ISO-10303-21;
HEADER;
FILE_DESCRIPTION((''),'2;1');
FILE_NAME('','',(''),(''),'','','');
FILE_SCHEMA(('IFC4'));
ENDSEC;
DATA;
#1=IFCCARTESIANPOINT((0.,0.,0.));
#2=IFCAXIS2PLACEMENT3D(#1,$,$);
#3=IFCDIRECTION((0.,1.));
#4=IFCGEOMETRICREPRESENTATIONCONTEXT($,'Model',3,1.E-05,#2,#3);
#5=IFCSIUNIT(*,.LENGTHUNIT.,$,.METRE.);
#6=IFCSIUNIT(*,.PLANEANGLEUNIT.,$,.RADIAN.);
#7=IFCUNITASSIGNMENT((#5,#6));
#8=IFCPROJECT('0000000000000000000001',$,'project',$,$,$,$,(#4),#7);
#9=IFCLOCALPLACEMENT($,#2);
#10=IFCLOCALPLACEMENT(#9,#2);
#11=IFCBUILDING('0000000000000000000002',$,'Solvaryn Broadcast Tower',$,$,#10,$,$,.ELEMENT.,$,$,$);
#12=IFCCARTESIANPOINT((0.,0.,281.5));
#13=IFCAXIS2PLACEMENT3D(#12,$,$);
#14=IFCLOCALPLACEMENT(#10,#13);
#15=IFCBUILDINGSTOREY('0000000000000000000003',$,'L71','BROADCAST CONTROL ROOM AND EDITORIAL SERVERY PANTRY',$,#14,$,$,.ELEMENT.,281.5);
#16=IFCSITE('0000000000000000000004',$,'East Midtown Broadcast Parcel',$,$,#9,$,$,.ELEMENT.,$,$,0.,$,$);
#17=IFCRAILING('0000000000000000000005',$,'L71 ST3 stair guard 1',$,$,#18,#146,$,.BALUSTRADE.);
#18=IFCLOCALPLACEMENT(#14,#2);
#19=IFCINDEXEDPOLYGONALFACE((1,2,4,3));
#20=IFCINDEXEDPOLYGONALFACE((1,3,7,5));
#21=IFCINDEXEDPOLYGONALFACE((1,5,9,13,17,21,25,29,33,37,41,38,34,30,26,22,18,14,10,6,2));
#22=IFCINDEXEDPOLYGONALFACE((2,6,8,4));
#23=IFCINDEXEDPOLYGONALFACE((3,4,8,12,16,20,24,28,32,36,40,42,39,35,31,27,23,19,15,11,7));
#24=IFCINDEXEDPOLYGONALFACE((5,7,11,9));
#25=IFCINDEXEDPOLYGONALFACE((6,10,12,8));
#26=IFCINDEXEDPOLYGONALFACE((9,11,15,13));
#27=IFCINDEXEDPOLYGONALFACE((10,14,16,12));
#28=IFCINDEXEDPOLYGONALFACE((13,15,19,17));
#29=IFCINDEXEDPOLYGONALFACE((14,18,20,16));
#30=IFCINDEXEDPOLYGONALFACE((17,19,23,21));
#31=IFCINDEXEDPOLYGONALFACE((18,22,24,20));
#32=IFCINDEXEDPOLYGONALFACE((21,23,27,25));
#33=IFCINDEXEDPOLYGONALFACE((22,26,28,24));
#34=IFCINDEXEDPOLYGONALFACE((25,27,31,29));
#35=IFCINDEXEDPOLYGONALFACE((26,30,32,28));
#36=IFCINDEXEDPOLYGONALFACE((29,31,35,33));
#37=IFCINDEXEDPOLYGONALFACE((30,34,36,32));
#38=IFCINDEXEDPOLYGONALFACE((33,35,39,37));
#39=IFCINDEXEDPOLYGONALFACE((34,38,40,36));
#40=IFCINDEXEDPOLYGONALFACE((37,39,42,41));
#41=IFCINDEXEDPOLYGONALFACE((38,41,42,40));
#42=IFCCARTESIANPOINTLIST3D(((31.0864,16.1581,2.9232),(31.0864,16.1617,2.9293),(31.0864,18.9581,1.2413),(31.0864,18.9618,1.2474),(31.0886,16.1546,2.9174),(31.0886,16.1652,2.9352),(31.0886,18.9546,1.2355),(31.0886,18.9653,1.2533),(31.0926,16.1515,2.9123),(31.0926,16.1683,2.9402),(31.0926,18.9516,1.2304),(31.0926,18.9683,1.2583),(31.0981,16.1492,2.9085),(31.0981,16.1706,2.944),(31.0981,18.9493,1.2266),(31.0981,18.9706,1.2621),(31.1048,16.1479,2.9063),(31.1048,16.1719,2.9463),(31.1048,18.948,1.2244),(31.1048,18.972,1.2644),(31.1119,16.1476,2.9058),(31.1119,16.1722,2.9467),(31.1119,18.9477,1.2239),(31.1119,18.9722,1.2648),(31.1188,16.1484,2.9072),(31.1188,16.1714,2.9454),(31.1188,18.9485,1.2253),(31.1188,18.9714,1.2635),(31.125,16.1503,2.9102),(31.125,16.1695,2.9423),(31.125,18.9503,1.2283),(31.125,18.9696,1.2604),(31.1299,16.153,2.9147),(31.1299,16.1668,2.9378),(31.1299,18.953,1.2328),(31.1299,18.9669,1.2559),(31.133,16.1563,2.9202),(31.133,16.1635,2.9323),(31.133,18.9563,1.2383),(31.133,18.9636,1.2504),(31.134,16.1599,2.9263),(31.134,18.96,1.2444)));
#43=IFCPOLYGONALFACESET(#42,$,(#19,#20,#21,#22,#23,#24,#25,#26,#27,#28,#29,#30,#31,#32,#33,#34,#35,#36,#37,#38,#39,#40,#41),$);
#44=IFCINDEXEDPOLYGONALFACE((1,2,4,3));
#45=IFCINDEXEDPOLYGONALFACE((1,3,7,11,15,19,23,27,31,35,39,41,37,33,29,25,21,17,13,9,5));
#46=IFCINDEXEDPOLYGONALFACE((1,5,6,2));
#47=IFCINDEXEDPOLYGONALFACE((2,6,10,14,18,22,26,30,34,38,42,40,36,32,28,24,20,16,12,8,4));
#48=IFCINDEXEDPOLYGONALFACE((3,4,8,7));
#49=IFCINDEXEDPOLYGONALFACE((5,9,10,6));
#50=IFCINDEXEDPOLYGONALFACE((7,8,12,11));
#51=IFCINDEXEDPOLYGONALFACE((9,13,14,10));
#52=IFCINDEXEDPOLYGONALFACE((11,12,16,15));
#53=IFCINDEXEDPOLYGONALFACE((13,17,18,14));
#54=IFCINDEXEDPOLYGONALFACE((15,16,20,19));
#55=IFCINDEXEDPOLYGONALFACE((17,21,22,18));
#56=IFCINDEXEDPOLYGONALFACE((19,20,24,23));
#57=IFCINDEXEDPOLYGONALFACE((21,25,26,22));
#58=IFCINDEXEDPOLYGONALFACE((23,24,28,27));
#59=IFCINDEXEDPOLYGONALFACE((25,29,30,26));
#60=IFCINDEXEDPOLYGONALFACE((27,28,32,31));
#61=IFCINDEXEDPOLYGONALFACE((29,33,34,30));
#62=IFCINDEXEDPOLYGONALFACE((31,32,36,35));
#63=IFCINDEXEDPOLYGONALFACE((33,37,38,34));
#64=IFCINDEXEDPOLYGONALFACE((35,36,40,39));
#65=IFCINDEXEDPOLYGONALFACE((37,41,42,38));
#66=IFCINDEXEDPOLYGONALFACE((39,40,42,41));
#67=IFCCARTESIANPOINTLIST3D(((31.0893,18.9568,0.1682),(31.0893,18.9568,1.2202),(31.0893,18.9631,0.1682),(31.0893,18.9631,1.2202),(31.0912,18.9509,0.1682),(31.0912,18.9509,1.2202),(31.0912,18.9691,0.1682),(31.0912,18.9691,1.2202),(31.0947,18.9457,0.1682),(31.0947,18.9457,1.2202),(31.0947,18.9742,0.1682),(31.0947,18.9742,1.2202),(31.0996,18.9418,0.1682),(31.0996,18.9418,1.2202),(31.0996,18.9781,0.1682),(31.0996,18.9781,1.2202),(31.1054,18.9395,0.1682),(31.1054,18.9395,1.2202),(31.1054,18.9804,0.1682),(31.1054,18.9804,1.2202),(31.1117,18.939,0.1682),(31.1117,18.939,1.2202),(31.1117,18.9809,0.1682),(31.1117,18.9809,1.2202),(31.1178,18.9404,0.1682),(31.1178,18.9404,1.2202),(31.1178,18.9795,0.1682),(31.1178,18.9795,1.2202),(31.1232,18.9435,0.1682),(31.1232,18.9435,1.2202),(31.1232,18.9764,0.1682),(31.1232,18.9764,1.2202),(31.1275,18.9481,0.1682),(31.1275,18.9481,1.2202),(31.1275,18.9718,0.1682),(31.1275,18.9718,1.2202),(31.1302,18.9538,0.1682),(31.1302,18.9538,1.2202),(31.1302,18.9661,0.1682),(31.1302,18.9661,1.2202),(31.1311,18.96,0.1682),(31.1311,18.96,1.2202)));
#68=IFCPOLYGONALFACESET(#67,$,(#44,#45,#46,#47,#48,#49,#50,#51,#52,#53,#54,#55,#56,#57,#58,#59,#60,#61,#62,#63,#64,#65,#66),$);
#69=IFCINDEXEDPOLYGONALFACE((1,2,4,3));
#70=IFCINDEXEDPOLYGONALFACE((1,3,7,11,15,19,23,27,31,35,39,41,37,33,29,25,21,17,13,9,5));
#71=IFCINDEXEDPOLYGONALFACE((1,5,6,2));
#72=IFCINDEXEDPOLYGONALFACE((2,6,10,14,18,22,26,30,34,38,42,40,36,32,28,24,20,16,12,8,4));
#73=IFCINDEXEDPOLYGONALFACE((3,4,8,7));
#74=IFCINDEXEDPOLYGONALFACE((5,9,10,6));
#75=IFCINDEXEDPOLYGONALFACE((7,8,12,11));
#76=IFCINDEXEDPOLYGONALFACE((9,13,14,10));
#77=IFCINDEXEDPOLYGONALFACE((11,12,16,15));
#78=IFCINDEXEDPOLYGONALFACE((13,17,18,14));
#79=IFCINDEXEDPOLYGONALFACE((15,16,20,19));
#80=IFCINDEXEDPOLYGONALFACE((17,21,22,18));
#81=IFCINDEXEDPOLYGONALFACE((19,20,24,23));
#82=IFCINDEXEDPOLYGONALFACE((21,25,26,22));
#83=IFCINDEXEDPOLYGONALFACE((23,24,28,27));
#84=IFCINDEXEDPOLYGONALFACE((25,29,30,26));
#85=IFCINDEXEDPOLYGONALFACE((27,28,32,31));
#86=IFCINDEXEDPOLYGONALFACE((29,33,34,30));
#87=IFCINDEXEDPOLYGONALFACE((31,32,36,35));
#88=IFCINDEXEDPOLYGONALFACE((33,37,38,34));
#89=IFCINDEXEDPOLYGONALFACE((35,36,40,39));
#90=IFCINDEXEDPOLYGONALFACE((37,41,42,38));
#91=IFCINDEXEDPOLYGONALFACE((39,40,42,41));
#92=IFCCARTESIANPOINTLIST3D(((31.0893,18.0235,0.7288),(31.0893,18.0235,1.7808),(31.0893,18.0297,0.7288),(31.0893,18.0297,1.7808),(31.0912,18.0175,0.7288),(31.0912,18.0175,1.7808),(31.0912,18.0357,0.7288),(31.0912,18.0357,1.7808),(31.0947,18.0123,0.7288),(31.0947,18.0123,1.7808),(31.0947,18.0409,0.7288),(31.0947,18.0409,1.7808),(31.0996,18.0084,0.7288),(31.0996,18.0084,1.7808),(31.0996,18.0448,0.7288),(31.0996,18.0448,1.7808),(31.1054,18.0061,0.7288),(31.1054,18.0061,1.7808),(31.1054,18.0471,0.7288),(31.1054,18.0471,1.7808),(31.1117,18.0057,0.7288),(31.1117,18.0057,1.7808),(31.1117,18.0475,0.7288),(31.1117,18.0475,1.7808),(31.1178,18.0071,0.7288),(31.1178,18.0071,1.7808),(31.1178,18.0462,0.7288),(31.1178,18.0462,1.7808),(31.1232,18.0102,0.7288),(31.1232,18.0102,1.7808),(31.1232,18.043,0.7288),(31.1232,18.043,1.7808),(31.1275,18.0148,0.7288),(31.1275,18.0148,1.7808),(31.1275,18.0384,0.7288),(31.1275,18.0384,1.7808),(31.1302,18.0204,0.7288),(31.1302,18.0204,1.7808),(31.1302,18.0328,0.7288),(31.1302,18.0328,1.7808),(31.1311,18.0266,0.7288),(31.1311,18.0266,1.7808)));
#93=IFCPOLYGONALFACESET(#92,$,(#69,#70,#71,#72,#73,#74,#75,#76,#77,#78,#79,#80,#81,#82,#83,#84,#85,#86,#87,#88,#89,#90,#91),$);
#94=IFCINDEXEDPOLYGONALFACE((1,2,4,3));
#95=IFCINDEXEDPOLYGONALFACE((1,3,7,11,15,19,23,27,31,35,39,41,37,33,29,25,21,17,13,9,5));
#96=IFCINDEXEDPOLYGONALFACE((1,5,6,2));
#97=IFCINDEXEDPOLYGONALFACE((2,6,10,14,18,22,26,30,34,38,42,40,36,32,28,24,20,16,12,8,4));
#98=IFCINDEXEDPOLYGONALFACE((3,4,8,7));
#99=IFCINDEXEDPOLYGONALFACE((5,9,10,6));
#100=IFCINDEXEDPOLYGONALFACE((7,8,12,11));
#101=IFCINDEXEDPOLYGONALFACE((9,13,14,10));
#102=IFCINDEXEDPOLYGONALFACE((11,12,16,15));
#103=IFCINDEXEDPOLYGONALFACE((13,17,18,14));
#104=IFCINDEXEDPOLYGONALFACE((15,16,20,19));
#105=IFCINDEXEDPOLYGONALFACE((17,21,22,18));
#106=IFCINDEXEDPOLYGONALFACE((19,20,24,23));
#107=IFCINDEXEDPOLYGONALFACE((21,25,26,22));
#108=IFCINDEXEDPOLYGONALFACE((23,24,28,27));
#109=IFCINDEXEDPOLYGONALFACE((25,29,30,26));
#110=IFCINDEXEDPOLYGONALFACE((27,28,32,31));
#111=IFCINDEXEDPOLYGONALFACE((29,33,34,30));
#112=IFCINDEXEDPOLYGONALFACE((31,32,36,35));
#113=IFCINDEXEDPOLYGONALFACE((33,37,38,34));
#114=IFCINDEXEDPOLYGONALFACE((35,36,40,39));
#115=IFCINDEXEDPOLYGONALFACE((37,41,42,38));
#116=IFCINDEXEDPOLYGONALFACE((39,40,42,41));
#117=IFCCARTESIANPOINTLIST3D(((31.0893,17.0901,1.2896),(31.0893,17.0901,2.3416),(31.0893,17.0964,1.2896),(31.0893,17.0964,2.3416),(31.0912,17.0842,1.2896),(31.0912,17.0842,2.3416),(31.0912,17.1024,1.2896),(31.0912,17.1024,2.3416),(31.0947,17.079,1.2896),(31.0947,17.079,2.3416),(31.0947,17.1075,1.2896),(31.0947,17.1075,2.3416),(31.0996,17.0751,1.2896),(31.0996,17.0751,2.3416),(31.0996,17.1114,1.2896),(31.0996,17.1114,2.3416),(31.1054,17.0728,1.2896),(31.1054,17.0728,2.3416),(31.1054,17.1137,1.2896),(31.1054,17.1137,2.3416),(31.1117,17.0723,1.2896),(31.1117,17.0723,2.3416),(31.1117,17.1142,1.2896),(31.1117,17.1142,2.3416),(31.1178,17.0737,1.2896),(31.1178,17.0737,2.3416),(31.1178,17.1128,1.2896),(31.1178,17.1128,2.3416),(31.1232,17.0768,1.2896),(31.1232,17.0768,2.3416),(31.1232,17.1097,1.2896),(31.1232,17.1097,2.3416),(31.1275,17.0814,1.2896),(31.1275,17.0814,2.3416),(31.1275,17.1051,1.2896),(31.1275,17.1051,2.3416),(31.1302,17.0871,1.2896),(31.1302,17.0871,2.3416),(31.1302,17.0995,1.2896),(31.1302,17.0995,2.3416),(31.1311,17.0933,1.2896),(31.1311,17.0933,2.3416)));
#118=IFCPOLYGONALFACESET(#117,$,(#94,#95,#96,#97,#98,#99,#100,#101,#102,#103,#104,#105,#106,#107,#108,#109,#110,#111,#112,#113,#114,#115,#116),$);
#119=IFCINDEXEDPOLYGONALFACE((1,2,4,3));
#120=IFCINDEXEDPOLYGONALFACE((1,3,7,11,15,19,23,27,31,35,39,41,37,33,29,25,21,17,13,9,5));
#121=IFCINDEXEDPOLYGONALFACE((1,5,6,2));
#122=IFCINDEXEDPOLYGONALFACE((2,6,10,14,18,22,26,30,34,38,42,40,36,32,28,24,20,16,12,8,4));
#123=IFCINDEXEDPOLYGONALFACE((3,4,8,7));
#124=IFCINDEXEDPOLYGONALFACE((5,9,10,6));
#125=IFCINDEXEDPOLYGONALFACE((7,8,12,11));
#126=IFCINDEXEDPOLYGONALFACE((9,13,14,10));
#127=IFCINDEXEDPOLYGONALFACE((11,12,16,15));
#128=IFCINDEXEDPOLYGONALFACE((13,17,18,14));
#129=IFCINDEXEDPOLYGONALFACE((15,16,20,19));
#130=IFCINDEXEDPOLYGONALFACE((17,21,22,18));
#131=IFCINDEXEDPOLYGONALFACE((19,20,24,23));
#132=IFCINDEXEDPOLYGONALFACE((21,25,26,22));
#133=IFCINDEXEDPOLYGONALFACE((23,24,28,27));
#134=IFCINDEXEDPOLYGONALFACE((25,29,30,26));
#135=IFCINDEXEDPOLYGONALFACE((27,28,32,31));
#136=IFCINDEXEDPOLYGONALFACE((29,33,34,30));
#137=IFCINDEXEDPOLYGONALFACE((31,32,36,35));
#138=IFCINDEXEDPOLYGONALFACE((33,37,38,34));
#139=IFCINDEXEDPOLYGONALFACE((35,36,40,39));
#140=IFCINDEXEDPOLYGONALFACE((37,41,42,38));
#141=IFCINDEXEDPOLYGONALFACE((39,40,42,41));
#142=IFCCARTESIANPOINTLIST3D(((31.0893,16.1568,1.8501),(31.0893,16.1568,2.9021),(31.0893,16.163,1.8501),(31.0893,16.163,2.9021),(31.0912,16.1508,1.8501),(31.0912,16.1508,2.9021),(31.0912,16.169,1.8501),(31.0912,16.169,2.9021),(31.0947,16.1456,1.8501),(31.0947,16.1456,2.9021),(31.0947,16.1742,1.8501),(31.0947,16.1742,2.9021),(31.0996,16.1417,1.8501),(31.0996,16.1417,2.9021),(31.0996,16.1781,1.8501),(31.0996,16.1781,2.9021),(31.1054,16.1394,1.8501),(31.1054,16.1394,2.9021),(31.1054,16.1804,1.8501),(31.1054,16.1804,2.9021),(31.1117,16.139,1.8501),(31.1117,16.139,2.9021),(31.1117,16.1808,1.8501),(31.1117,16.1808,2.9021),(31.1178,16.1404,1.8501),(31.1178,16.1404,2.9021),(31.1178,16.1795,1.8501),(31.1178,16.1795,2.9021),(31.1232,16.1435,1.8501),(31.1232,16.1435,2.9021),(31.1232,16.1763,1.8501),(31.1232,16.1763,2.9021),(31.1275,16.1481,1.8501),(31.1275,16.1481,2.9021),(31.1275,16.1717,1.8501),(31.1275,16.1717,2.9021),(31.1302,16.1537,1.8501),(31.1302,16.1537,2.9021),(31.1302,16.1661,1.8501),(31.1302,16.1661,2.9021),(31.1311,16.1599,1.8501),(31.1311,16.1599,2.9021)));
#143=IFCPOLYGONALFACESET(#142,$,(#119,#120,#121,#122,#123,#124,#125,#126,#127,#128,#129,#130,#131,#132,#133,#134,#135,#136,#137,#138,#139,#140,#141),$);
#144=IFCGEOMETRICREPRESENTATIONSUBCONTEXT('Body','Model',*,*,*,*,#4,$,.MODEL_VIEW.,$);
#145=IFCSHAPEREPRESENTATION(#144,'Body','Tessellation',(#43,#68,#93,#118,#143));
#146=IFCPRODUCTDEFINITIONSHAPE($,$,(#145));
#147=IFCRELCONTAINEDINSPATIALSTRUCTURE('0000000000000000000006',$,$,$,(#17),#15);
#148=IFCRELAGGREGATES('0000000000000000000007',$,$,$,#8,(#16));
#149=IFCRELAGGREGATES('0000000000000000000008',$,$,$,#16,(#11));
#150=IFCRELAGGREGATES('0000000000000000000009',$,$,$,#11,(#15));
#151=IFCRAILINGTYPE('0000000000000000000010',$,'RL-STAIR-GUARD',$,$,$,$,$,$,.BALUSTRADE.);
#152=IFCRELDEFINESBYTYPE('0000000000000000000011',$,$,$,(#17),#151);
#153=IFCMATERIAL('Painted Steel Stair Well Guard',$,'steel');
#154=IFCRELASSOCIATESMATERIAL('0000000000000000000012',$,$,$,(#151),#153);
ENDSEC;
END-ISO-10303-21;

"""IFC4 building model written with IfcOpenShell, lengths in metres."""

from ifc_helpers import new_model, si_unit, direction, frame, origin, origin_2d, place, context, subcontext, project, spatial, circle, extrude, material, type_object, element, save


model = new_model("IFC4")

# Units and contexts
model_context = context("Model", 3, precision=1e-05, world=origin(), true_north=direction((0.0, 1.0)))
body_context = subcontext(model_context, "Body", "Model", "MODEL_VIEW")
ifc_project = project(units=[si_unit("LENGTHUNIT", "METRE"), si_unit("PLANEANGLEUNIT", "RADIAN")], contexts=[model_context])

# Site, building, storey
site_placement = place(None, origin())
site = spatial("IfcSite", under=ifc_project, at=site_placement, Name="East Midtown Broadcast Parcel", CompositionType="ELEMENT", RefElevation=0.0)
building_placement = place(site_placement, origin())
building = spatial("IfcBuilding", under=site, at=building_placement, Name="Solvaryn Broadcast Tower", CompositionType="ELEMENT")
storey_placement = place(building_placement, frame((0.0, 0.0, 281.5)))
storey = spatial("IfcBuildingStorey", under=building, at=storey_placement, Name="L71", Description="BROADCAST CONTROL ROOM AND EDITORIAL SERVERY PANTRY", CompositionType="ELEMENT", Elevation=281.5)

# Railing
ifc_material_1 = material(Name="Painted Steel Stair Well Guard", Category="steel")
railing_type_1 = type_object("IfcRailingType", Name="RL-STAIR-GUARD", PredefinedType="BALUSTRADE", material=ifc_material_1)
railing_1_placement = place(storey_placement, frame((31.1101, 18.96, 0.1682)))
element("IfcRailing", 1, at=railing_1_placement, inside=storey, type_object=railing_type_1, Name="L71 ST3 stair guard 1", PredefinedType="BALUSTRADE", context=body_context, shape_type="SweptSolid", body=[
    extrude(circle(Radius=0.0239, at=origin_2d()), frame((0.0, 0.0, 1.0762), z_axis=(0.0, -0.857242, 0.514913), x_axis=(1.0, 0.0, 0.0)), (0.0, 0.0, 1.0), 3.2664),
    extrude(circle(Radius=0.021, at=origin_2d()), origin(), (0.0, 0.0, 1.0), 1.052),
    extrude(circle(Radius=0.021, at=origin_2d()), frame((0.0, -0.9333, 0.5605)), (0.0, 0.0, 1.0), 1.052),
    extrude(circle(Radius=0.021, at=origin_2d()), frame((0.0, -1.8667, 1.1213)), (0.0, 0.0, 1.0), 1.052),
    extrude(circle(Radius=0.021, at=origin_2d()), frame((0.0, -2.8, 1.6819)), (0.0, 0.0, 1.0), 1.052),
])

save(model, "model.ifc")
